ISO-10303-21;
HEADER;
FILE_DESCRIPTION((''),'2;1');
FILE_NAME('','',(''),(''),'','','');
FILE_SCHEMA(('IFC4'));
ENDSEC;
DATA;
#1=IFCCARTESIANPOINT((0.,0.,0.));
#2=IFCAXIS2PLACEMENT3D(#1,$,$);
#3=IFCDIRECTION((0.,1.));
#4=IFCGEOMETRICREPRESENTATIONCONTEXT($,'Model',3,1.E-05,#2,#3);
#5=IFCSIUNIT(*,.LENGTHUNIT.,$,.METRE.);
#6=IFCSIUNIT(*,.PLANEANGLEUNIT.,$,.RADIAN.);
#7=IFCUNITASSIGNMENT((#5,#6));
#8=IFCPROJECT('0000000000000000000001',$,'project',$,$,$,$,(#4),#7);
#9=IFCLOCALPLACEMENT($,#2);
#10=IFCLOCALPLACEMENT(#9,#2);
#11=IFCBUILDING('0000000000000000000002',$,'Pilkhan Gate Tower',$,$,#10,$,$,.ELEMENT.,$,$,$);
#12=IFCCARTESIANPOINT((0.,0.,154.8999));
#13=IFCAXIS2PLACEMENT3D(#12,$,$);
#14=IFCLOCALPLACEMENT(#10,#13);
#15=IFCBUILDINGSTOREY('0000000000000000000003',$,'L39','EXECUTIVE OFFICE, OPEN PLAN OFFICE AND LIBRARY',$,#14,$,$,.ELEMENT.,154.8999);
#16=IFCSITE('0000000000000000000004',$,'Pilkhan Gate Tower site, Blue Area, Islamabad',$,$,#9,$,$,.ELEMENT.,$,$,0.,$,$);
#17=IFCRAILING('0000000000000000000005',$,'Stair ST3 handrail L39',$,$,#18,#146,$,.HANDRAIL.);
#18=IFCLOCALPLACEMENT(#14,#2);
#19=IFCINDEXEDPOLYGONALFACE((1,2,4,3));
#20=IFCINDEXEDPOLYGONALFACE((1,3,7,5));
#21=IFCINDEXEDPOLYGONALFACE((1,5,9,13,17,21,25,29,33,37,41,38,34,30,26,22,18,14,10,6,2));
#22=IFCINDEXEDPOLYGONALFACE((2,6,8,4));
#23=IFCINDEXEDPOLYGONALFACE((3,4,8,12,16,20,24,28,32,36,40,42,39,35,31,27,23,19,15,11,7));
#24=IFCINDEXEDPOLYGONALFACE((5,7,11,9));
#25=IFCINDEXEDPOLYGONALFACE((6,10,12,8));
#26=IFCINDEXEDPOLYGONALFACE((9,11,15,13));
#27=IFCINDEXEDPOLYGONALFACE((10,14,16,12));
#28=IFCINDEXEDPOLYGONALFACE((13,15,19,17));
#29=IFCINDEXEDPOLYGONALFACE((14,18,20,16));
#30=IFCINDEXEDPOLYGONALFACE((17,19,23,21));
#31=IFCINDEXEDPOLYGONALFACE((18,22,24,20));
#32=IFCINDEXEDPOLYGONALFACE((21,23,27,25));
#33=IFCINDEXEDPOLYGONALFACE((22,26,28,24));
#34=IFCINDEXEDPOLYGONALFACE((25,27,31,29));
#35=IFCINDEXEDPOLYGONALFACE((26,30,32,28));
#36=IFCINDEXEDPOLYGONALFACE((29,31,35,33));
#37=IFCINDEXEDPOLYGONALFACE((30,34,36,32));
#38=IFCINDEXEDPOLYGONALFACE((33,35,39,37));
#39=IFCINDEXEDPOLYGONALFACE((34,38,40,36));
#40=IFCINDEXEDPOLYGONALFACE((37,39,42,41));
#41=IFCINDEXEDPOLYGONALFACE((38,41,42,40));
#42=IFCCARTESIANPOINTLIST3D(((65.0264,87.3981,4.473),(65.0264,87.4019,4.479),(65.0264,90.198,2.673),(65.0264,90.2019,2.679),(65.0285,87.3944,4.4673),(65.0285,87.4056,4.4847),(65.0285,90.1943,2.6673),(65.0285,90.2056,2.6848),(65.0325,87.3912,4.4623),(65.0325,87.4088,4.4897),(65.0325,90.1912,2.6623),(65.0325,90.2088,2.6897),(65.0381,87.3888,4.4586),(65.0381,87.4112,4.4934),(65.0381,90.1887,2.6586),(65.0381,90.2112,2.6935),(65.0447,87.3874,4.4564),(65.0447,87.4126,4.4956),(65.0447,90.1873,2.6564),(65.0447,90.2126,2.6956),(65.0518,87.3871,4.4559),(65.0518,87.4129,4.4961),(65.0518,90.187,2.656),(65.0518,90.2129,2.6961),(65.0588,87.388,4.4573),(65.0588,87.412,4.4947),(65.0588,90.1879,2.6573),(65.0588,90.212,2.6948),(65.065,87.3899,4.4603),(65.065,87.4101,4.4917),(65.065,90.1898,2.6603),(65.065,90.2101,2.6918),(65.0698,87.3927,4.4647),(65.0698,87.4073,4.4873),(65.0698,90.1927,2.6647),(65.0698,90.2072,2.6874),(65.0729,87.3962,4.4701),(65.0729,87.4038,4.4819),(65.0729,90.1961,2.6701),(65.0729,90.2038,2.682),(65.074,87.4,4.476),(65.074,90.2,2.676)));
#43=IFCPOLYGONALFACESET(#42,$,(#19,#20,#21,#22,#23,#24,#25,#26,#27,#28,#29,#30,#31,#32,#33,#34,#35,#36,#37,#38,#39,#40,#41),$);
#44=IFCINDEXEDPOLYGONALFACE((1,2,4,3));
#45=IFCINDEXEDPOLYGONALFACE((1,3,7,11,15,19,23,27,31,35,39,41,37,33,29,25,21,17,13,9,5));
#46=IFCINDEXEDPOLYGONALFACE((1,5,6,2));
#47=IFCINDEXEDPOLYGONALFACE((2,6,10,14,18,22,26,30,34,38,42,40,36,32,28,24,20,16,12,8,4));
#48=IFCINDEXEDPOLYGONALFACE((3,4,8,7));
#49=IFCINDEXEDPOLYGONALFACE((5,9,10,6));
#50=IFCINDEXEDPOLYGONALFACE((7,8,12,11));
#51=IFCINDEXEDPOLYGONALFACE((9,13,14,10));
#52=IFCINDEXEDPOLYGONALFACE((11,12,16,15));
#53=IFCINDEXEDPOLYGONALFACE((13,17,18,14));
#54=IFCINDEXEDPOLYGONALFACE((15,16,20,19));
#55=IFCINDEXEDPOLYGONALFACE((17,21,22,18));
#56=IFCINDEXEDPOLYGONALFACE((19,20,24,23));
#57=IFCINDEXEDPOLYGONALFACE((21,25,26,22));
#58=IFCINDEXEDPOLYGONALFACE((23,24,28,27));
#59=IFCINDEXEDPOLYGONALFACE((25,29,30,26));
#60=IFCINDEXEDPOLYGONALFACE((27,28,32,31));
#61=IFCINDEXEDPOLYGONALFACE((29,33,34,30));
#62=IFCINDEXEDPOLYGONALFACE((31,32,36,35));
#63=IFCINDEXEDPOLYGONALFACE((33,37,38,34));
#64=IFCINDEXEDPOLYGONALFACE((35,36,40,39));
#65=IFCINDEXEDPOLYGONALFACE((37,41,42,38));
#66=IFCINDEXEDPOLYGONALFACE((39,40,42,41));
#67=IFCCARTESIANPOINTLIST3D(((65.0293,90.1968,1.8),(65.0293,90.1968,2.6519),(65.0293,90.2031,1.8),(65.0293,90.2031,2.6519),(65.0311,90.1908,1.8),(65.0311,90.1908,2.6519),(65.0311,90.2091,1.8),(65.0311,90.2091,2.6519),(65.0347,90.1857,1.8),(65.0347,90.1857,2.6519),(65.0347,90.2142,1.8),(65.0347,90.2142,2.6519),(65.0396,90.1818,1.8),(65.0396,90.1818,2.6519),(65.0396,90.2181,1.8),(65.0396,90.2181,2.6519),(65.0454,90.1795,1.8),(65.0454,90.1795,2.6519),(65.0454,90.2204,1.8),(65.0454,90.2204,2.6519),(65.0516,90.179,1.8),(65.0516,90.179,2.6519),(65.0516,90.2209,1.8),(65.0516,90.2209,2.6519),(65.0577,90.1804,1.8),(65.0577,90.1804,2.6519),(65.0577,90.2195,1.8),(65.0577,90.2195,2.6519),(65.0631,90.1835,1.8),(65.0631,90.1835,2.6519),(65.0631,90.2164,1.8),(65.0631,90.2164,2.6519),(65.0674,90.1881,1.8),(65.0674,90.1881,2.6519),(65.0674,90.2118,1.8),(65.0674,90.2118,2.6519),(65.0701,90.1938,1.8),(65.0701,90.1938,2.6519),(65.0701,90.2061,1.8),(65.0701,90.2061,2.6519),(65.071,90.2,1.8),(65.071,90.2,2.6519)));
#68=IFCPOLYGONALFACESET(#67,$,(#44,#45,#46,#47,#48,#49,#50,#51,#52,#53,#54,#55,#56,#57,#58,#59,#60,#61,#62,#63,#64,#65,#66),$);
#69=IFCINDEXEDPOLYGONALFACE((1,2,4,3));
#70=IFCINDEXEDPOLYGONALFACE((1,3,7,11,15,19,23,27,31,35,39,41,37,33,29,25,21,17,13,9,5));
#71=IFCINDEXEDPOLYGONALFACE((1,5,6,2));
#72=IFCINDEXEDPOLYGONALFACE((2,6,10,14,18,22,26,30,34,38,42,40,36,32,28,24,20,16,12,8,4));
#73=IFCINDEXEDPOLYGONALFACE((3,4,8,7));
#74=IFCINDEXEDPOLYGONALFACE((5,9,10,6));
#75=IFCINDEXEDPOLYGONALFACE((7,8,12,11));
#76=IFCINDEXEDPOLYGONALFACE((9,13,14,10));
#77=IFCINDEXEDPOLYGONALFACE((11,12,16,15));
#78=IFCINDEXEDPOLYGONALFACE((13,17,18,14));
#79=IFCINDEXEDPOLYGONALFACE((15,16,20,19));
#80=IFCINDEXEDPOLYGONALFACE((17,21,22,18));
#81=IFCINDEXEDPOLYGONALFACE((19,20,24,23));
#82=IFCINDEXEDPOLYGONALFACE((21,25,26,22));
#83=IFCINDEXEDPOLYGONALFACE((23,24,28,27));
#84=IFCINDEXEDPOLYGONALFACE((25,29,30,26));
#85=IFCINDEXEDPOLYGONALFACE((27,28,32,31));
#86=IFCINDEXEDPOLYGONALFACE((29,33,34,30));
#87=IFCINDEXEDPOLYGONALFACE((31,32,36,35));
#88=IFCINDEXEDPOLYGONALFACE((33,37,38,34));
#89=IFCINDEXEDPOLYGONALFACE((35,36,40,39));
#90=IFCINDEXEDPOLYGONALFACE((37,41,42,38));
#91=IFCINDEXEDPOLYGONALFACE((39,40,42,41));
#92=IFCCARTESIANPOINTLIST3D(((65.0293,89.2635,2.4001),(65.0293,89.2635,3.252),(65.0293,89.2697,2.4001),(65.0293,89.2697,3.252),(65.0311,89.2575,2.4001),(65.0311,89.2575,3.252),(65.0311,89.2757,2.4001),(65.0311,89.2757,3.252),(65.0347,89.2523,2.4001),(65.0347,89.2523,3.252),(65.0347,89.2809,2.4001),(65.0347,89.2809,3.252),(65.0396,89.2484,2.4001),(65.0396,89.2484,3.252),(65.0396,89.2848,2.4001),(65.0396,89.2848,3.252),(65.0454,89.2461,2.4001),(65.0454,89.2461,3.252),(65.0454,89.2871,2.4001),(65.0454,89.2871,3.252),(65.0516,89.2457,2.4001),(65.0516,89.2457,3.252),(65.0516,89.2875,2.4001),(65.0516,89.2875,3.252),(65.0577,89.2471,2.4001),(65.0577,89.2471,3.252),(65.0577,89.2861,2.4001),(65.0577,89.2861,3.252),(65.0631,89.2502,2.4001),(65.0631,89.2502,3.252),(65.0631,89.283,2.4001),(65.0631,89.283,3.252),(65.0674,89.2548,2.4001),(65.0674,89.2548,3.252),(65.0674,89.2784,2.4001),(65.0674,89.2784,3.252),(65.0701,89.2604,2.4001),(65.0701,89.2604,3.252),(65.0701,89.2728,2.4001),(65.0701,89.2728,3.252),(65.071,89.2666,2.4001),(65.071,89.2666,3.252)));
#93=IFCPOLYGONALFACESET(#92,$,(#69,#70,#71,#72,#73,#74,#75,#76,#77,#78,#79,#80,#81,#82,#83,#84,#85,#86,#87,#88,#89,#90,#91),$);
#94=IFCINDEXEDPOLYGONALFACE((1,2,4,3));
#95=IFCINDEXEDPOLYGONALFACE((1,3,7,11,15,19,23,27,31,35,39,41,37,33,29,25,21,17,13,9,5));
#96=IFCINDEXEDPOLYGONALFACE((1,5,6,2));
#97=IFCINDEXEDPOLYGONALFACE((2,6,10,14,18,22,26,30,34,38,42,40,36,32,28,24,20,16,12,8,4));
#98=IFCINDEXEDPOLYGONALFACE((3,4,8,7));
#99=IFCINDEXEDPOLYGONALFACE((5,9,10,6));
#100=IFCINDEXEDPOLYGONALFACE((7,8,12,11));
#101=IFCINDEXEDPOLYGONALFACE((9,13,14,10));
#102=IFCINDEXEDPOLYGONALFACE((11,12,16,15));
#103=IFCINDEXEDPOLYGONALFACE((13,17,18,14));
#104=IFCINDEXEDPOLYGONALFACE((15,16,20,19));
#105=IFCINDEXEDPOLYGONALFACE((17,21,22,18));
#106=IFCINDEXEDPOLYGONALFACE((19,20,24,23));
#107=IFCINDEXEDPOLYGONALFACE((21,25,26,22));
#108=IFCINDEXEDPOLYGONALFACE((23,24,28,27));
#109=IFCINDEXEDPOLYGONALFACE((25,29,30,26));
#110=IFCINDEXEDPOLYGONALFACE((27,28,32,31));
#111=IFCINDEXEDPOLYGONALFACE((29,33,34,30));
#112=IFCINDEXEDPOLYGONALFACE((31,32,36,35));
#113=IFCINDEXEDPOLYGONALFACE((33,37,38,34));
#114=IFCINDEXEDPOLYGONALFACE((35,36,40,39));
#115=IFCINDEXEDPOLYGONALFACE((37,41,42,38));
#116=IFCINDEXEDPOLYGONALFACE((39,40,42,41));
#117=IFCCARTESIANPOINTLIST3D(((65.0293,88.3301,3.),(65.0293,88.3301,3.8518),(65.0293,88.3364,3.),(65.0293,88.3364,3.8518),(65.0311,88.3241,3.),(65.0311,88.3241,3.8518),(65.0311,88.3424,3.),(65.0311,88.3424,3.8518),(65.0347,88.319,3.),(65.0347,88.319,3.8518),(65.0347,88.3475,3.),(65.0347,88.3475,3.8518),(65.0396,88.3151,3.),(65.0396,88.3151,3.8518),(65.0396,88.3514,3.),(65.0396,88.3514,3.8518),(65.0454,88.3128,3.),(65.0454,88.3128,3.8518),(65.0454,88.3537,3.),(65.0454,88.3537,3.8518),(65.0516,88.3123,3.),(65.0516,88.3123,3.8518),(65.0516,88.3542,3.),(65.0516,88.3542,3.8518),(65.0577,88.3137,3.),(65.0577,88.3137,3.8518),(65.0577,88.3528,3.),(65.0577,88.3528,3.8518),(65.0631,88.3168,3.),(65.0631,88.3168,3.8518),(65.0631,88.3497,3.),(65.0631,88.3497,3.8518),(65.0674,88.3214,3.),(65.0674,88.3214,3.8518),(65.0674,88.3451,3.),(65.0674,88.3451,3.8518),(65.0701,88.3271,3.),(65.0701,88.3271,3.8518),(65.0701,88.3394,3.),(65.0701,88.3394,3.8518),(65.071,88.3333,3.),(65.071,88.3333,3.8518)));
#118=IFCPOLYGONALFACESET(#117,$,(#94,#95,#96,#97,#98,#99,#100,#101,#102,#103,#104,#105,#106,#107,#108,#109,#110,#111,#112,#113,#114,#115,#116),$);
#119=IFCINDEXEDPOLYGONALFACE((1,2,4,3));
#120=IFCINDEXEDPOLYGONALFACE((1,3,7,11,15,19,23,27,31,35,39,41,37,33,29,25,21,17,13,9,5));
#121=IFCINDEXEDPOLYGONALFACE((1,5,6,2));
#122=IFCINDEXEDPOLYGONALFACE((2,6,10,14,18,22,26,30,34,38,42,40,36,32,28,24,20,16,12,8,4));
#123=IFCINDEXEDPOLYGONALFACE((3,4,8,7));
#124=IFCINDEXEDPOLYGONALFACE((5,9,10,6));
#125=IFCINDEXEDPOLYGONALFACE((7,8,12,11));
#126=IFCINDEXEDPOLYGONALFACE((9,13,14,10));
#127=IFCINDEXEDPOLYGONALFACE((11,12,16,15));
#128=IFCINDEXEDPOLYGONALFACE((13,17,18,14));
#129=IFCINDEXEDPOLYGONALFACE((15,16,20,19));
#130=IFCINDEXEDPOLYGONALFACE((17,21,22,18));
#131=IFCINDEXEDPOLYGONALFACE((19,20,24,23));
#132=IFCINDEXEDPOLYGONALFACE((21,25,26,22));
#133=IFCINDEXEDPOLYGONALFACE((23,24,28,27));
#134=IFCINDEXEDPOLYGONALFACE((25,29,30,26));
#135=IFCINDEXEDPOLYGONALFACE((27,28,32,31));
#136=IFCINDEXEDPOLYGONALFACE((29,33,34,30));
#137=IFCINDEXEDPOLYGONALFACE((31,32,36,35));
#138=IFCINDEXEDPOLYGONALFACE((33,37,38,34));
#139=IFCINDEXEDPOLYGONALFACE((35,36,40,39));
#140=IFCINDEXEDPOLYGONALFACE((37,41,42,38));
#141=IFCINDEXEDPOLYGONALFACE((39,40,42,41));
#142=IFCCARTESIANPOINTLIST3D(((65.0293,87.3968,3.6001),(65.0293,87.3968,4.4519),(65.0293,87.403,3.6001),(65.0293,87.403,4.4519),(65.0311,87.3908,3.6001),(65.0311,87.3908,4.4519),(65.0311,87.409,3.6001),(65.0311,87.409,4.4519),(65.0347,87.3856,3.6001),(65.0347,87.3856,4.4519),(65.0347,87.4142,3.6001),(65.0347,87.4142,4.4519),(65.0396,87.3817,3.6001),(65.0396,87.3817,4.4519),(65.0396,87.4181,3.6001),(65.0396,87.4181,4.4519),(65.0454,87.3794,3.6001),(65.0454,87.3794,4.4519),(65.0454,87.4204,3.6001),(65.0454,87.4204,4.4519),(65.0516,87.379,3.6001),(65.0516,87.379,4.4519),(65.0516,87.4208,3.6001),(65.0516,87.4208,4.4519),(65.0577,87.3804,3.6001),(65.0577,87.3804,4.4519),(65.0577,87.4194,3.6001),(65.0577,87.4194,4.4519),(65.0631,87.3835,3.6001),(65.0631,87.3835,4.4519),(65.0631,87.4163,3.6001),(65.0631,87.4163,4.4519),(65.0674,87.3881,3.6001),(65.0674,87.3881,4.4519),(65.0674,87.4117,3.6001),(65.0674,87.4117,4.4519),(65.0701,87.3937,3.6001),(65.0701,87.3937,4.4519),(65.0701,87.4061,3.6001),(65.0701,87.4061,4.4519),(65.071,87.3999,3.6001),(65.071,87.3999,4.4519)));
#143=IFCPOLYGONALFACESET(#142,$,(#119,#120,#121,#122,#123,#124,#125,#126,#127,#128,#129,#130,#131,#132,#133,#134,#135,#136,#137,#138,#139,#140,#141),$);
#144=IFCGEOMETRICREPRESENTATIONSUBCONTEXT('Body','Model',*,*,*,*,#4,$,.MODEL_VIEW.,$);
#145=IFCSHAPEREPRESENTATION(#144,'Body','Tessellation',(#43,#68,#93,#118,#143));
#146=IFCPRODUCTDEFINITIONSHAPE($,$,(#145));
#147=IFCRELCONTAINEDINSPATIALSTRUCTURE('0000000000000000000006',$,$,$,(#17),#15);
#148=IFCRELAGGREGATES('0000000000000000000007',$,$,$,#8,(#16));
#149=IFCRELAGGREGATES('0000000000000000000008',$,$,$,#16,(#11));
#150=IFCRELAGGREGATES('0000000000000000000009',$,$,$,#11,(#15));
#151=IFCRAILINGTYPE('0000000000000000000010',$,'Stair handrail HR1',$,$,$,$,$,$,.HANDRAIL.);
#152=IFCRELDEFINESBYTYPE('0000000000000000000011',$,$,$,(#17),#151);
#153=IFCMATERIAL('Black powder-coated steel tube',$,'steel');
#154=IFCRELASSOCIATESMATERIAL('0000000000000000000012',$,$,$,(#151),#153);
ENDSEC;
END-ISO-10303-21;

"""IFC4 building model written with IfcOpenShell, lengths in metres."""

from ifc_helpers import new_model, si_unit, direction, frame, origin, origin_2d, place, context, subcontext, project, spatial, circle, extrude, material, type_object, element, save


model = new_model("IFC4")

# Units and contexts
model_context = context("Model", 3, precision=1e-05, world=origin(), true_north=direction((0.0, 1.0)))
body_context = subcontext(model_context, "Body", "Model", "MODEL_VIEW")
ifc_project = project(units=[si_unit("LENGTHUNIT", "METRE"), si_unit("PLANEANGLEUNIT", "RADIAN")], contexts=[model_context])

# Site, building, storey
site_placement = place(None, origin())
site = spatial("IfcSite", under=ifc_project, at=site_placement, Name="Pilkhan Gate Tower site, Blue Area, Islamabad", CompositionType="ELEMENT", RefElevation=0.0)
building_placement = place(site_placement, origin())
building = spatial("IfcBuilding", under=site, at=building_placement, Name="Pilkhan Gate Tower", CompositionType="ELEMENT")
storey_placement = place(building_placement, frame((0.0, 0.0, 154.8999)))
storey = spatial("IfcBuildingStorey", under=building, at=storey_placement, Name="L39", Description="EXECUTIVE OFFICE, OPEN PLAN OFFICE AND LIBRARY", CompositionType="ELEMENT", Elevation=154.8999)

# Railing
ifc_material_1 = material(Name="Black powder-coated steel tube", Category="steel")
railing_type_1 = type_object("IfcRailingType", Name="Stair handrail HR1", PredefinedType="HANDRAIL", material=ifc_material_1)
railing_1_placement = place(storey_placement, frame((65.05, 90.2, 1.8)))
element("IfcRailing", 1, at=railing_1_placement, inside=storey, type_object=railing_type_1, Name="Stair ST3 handrail L39", PredefinedType="HANDRAIL", context=body_context, shape_type="SweptSolid", body=[
    extrude(circle(Radius=0.0239, at=origin_2d()), frame((0.0, 0.0, 0.876), z_axis=(0.0, -0.841176, 0.540761), x_axis=(1.0, 0.0, 0.0)), (0.0, 0.0, 1.0), 3.3286),
    extrude(circle(Radius=0.021, at=origin_2d()), origin(), (0.0, 0.0, 1.0), 0.8518),
    extrude(circle(Radius=0.021, at=origin_2d()), frame((0.0, -0.9333, 0.6001)), (0.0, 0.0, 1.0), 0.8518),
    extrude(circle(Radius=0.021, at=origin_2d()), frame((0.0, -1.8667, 1.2)), (0.0, 0.0, 1.0), 0.8518),
    extrude(circle(Radius=0.021, at=origin_2d()), frame((0.0, -2.8, 1.8)), (0.0, 0.0, 1.0), 0.8518),
])

save(model, "model.ifc")
